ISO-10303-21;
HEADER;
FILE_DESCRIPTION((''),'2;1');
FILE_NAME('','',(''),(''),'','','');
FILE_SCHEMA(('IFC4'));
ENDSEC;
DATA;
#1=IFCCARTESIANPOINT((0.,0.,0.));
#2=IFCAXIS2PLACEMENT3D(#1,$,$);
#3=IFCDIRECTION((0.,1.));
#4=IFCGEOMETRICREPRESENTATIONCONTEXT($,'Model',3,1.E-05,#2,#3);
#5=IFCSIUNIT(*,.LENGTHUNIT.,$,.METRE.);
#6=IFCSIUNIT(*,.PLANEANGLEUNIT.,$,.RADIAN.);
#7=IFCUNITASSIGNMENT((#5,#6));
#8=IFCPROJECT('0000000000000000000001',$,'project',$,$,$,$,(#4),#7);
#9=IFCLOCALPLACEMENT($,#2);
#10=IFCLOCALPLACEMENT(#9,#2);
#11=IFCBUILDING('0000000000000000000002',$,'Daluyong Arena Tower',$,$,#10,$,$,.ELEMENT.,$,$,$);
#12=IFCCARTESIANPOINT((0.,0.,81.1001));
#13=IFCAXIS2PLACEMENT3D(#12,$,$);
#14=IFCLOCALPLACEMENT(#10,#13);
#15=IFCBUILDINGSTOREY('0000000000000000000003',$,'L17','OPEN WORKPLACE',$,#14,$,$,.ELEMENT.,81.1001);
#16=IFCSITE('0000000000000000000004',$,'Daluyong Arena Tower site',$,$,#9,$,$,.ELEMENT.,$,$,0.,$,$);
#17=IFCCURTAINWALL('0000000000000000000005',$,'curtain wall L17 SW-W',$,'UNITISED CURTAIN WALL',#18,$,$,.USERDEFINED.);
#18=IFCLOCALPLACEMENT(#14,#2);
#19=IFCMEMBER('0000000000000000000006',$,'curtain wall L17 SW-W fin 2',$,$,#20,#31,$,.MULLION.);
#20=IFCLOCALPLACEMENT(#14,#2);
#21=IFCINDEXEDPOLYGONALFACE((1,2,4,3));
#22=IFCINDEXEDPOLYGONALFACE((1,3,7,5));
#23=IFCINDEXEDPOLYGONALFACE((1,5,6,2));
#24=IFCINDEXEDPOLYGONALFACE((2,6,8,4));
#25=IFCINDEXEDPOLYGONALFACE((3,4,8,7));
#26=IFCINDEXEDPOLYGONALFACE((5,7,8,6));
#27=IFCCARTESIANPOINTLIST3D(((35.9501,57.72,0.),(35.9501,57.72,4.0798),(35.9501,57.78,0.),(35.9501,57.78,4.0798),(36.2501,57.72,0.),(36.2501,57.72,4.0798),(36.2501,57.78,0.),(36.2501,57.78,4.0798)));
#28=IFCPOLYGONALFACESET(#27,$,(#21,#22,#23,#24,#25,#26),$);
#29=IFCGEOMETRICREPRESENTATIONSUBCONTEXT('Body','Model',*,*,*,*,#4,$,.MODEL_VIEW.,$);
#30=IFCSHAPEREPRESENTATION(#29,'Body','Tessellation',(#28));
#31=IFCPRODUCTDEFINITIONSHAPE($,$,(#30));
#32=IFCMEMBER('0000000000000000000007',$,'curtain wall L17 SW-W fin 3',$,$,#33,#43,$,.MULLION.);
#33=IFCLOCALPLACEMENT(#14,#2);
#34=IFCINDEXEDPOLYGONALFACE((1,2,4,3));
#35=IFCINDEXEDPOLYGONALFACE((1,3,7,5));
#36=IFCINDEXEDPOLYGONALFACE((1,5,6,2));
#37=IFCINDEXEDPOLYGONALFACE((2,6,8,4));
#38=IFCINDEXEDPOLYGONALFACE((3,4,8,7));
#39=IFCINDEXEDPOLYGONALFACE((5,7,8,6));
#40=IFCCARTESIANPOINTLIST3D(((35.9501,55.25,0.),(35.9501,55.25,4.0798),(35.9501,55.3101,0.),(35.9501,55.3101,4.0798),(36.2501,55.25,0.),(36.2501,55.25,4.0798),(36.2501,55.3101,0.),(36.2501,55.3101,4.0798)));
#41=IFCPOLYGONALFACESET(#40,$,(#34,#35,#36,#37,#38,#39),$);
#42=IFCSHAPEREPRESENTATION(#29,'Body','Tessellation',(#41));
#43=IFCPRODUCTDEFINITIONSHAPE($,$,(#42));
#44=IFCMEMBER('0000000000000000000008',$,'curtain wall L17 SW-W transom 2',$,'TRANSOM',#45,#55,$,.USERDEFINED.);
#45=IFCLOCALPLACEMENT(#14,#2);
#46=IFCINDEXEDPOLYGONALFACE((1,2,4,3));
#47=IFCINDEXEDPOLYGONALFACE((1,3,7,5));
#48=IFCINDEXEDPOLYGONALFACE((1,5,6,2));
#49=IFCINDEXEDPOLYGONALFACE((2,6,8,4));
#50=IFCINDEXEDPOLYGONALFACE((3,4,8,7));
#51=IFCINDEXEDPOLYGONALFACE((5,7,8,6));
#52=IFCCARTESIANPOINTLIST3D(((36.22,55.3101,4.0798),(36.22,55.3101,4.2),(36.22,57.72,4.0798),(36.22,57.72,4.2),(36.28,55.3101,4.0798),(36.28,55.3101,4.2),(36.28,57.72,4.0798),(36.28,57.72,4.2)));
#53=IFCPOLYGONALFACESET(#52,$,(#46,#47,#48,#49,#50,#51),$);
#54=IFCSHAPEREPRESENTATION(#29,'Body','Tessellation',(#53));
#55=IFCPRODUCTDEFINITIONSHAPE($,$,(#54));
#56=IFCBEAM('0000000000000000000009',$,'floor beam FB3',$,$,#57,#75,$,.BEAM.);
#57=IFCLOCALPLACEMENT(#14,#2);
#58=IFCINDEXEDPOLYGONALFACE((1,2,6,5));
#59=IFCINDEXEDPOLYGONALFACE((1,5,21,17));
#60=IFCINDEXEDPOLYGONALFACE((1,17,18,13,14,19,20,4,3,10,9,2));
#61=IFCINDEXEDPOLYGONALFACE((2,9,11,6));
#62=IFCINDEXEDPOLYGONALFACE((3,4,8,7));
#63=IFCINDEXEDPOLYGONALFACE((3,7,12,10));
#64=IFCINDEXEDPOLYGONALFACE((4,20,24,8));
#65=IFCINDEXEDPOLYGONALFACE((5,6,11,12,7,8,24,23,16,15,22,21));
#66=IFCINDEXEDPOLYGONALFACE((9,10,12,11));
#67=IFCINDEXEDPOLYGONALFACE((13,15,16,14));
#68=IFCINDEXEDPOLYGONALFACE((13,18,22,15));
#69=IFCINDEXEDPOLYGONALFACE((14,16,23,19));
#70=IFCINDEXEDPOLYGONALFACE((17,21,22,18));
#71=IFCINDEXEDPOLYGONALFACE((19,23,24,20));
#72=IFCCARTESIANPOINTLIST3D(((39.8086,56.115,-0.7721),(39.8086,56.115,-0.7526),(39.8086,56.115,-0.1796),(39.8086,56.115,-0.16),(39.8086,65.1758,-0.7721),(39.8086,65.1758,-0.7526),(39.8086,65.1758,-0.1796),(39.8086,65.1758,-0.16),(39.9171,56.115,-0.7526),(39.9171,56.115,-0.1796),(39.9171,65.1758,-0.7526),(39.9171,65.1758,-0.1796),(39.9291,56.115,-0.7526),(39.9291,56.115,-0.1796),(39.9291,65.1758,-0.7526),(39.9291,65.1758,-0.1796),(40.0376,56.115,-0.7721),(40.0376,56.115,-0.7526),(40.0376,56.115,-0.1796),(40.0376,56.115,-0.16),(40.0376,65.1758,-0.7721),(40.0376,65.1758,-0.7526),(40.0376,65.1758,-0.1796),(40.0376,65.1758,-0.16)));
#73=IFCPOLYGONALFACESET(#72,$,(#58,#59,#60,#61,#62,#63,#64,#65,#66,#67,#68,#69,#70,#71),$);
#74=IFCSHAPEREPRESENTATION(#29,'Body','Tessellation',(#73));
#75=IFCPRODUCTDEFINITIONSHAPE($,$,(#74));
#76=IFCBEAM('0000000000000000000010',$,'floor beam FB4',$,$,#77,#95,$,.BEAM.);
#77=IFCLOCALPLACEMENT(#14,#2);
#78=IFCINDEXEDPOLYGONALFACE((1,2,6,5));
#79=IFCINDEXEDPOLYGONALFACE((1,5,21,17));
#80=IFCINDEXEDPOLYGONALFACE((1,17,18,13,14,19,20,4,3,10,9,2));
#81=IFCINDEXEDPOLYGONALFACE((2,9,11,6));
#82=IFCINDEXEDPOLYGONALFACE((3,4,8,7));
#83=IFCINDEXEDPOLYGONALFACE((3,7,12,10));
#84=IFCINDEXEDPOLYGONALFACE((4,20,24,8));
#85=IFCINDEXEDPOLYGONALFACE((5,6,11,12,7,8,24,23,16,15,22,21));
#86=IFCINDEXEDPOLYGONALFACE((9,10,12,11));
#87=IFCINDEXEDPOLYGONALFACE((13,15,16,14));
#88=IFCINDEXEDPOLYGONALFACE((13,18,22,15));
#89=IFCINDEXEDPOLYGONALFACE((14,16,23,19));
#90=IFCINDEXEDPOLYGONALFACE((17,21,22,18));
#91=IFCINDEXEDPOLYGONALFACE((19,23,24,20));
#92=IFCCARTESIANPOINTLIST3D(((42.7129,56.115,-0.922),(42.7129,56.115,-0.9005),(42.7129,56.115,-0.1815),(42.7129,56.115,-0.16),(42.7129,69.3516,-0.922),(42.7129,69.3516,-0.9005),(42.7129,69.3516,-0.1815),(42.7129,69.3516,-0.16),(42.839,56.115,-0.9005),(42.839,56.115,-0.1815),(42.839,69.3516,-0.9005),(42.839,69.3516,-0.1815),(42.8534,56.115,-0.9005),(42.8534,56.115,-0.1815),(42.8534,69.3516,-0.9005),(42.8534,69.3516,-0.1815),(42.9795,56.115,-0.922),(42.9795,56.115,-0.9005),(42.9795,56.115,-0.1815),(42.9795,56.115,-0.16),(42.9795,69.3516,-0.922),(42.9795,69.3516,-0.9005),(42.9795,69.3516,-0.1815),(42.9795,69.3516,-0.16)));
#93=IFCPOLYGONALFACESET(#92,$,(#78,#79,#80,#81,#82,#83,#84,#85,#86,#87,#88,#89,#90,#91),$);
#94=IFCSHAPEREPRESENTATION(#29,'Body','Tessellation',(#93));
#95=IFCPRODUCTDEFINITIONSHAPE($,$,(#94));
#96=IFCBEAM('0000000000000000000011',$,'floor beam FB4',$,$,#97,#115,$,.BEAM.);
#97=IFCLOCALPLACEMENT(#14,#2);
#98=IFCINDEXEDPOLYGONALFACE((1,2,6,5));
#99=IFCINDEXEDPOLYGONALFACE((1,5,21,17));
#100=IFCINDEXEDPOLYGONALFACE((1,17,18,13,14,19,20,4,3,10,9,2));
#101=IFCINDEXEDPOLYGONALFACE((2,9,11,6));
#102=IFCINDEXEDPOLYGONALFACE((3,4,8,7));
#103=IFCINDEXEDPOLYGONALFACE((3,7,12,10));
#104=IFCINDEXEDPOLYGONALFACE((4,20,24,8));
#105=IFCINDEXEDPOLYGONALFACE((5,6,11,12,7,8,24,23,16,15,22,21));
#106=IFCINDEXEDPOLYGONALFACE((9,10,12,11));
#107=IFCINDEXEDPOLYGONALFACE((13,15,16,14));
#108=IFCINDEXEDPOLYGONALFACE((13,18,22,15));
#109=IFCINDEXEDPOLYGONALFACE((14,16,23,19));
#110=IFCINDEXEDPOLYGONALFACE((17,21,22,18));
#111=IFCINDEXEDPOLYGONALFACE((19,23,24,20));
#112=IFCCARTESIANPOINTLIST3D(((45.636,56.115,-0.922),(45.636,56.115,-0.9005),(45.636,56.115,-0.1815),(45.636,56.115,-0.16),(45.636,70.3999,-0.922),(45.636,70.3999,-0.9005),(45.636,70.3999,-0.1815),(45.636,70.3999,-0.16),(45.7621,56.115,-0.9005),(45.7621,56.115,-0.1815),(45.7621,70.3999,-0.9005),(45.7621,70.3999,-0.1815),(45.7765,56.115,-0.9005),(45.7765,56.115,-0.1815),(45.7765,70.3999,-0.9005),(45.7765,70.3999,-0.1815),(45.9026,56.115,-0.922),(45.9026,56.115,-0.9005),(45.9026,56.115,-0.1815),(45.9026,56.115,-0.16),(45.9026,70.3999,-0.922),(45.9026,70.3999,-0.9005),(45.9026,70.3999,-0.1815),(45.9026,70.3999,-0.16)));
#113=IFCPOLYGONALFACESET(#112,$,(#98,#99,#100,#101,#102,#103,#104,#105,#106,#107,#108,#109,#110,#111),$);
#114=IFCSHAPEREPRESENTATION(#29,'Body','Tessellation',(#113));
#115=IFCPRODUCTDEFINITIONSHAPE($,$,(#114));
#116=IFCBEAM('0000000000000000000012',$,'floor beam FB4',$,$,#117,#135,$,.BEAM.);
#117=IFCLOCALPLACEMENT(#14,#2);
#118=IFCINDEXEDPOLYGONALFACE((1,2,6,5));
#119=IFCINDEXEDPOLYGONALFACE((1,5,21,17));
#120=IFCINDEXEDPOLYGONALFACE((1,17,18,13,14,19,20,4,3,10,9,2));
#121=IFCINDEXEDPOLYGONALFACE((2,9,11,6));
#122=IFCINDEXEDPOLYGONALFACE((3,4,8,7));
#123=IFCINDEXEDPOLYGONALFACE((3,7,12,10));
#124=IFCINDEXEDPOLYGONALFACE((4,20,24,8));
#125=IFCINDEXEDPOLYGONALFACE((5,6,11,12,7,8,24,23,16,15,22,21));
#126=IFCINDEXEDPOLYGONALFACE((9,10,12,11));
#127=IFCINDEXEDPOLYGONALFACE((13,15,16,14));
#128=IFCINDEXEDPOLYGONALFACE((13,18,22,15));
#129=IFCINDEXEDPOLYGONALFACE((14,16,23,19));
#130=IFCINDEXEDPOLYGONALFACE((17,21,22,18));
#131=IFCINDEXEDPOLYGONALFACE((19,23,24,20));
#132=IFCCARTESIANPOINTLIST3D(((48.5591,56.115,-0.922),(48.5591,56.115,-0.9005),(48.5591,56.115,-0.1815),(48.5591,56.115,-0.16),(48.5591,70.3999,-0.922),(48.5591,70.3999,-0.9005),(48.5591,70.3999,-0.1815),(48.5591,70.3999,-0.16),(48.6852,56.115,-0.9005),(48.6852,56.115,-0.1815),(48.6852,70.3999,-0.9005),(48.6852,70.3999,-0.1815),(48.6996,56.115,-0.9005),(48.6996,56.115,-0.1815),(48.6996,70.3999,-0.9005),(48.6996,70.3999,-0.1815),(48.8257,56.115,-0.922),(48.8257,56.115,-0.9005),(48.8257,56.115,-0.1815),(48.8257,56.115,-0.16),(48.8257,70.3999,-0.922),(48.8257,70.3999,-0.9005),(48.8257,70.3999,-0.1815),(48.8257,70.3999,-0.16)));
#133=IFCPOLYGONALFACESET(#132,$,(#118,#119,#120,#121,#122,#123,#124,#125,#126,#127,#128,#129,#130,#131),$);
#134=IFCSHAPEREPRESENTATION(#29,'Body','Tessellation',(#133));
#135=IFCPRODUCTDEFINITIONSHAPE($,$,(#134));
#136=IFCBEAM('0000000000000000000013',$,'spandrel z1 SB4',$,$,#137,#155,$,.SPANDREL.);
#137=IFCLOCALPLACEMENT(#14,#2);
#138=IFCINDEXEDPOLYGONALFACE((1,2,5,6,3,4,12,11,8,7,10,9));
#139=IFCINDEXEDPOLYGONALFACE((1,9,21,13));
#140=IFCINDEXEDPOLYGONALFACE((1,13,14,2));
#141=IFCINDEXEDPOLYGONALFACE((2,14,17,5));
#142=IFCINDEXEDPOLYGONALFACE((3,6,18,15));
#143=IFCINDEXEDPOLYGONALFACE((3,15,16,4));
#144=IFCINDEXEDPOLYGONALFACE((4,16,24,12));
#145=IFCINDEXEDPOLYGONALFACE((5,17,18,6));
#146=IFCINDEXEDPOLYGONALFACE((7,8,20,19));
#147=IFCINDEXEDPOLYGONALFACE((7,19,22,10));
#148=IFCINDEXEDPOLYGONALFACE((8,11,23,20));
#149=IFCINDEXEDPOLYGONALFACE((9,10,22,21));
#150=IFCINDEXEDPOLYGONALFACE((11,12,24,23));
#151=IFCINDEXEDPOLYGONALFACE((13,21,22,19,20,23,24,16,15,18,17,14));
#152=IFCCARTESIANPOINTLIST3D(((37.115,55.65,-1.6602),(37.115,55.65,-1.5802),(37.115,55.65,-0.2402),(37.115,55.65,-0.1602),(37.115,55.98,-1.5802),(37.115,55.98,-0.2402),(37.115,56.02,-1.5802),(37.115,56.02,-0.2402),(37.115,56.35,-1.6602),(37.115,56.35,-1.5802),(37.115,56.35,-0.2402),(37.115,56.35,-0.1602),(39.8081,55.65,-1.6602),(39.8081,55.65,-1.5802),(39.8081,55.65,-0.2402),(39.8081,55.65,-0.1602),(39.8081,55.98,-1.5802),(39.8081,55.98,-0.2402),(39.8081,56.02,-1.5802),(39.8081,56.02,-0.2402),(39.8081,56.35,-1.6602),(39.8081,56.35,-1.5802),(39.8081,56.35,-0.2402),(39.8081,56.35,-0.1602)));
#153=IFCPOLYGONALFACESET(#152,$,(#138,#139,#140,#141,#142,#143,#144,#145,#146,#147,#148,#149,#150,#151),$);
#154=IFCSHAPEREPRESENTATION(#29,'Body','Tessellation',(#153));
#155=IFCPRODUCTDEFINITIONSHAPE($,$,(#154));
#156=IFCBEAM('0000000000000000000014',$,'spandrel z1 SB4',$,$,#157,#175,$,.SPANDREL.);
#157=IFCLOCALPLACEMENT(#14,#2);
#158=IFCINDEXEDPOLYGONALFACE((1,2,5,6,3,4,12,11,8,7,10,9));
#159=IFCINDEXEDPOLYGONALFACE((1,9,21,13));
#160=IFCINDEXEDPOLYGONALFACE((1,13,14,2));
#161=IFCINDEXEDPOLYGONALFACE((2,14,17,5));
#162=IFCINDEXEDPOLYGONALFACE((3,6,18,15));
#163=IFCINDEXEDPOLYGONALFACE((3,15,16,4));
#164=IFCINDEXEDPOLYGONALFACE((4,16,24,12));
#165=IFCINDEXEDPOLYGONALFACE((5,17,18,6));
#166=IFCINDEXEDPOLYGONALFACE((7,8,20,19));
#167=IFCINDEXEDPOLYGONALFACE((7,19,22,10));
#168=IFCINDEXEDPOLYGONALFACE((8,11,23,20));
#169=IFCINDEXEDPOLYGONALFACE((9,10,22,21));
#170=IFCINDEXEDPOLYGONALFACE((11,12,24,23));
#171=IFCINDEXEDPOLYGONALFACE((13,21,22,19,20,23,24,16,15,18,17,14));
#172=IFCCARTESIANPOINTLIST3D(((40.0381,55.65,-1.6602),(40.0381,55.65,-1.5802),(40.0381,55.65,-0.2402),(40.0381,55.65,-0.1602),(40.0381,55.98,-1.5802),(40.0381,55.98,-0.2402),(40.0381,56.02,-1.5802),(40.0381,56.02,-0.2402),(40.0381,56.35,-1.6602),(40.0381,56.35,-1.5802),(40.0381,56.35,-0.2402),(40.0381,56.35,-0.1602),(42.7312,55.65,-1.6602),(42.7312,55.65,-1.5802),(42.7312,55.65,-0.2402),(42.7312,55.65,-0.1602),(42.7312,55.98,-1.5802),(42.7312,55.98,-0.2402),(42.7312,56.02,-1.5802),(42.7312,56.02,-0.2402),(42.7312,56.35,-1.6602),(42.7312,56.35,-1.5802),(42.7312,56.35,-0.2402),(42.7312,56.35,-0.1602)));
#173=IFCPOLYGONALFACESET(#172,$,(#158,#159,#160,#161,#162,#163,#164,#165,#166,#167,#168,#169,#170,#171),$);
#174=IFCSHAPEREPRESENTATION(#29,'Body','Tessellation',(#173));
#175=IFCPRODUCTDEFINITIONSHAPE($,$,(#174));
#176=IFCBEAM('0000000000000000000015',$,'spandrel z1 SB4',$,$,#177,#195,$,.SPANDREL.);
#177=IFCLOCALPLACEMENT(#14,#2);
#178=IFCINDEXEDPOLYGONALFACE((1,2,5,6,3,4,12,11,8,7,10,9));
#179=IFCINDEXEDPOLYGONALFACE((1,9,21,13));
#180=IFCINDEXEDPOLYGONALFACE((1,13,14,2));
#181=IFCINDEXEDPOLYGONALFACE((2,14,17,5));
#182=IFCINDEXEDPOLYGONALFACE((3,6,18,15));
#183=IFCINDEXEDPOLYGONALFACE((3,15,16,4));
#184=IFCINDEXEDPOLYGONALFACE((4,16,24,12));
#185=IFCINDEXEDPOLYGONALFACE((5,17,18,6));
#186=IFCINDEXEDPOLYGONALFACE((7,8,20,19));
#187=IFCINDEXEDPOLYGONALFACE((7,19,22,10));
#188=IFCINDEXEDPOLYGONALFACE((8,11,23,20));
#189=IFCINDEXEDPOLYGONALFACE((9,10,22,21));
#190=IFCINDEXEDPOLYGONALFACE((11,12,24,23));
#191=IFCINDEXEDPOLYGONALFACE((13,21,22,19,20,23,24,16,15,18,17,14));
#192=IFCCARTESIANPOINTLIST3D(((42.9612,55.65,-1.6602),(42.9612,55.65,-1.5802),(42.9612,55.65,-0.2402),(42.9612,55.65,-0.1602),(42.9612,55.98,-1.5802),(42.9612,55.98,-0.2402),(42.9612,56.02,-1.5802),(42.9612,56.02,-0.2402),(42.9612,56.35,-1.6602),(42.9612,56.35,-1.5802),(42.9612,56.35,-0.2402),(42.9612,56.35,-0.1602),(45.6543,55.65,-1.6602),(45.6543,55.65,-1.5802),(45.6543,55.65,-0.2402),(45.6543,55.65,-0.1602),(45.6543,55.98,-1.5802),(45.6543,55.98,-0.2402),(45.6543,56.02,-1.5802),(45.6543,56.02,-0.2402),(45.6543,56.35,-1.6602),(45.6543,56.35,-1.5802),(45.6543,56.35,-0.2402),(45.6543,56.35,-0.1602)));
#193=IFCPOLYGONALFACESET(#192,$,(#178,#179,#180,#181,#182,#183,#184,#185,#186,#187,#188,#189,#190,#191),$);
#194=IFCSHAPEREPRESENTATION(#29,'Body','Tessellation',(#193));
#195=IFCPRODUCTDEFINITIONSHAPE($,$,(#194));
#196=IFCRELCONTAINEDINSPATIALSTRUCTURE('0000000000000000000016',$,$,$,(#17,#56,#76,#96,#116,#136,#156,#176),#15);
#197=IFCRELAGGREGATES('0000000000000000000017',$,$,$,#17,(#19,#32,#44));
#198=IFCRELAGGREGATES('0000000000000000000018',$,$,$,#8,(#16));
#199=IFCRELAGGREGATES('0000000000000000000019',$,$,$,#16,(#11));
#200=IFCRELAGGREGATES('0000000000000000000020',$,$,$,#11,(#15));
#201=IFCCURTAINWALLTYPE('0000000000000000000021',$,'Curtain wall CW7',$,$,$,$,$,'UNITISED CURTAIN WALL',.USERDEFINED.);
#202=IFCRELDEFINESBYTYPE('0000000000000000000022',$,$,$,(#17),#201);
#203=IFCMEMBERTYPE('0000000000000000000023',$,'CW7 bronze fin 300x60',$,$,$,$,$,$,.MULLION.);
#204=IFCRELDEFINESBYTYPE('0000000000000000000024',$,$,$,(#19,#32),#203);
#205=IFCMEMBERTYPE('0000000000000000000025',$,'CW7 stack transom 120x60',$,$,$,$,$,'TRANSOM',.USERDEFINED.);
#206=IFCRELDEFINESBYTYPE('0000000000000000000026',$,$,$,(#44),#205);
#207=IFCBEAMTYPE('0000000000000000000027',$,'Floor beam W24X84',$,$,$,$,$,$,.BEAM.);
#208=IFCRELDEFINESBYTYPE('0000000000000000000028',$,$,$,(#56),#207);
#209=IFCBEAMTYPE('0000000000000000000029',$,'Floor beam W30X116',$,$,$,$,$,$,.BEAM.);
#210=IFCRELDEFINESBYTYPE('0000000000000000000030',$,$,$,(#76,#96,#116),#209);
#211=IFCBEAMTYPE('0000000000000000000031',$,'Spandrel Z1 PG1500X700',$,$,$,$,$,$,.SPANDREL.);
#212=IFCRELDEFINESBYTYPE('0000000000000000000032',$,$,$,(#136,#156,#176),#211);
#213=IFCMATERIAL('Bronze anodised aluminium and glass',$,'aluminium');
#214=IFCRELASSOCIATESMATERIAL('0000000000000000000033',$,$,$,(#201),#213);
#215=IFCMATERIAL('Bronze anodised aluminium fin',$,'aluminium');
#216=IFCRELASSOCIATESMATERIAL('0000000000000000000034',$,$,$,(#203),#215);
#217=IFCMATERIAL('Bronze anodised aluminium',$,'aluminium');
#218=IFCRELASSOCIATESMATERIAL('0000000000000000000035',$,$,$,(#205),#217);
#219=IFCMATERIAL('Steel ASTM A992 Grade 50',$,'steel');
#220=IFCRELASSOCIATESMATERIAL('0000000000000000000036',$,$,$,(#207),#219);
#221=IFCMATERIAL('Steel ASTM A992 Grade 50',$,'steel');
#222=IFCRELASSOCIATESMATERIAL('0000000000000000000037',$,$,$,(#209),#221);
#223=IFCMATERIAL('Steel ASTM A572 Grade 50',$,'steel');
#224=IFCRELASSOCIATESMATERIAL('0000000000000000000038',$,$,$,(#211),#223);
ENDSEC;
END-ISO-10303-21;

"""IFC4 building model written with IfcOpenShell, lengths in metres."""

from ifc_helpers import new_model, si_unit, direction, frame, origin, origin_2d, place, context, subcontext, project, spatial, rectangle, i_section, extrude, material, material_profile, profile_set, type_object, element, aggregate, save


model = new_model("IFC4")

# Units and contexts
model_context = context("Model", 3, precision=1e-05, world=origin(), true_north=direction((0.0, 1.0)))
body_context = subcontext(model_context, "Body", "Model", "MODEL_VIEW")
ifc_project = project(units=[si_unit("LENGTHUNIT", "METRE"), si_unit("PLANEANGLEUNIT", "RADIAN")], contexts=[model_context])

# Site, building, storey
site_placement = place(None, origin())
site = spatial("IfcSite", under=ifc_project, at=site_placement, Name="Daluyong Arena Tower site", CompositionType="ELEMENT", RefElevation=0.0)
building_placement = place(site_placement, origin())
building = spatial("IfcBuilding", under=site, at=building_placement, Name="Daluyong Arena Tower", CompositionType="ELEMENT")
storey_placement = place(building_placement, frame((0.0, 0.0, 81.1001)))
storey = spatial("IfcBuildingStorey", under=building, at=storey_placement, Name="L17", Description="OPEN WORKPLACE", CompositionType="ELEMENT", Elevation=81.1001)

# Curtain wall, members
ifc_material_1 = material(Name="Bronze anodised aluminium and glass", Category="aluminium")
curtain_wall_type_1 = type_object("IfcCurtainWallType", Name="Curtain wall CW7", ElementType="UNITISED CURTAIN WALL", PredefinedType="USERDEFINED", material=ifc_material_1)
curtain_wall_1_placement = place(storey_placement, origin())
curtain_wall_1 = element("IfcCurtainWall", 1, at=curtain_wall_1_placement, inside=storey, type_object=curtain_wall_type_1, Name="curtain wall L17 SW-W", ObjectType="UNITISED CURTAIN WALL", PredefinedType="USERDEFINED")
ifc_material_2 = material(Name="Bronze anodised aluminium fin", Category="aluminium")
ifc_material_profile_1 = material_profile(ifc_material_2, rectangle(XDim=0.3, YDim=0.0601, at=origin_2d()))
ifc_profile_set_1 = profile_set([ifc_material_profile_1], Name="Bronze anodised aluminium fin")
member_type_1 = type_object("IfcMemberType", Name="CW7 bronze fin 300x60", PredefinedType="MULLION", material=ifc_profile_set_1)
member_1_placement = place(storey_placement, frame((36.1001, 57.75, 0.0), z_axis=(0.0, 0.0, 1.0), x_axis=(1.0, 0.0, 0.0)))
member_1 = element("IfcMember", 2, at=member_1_placement, type_object=member_type_1, Name="curtain wall L17 SW-W fin 2", PredefinedType="MULLION", context=body_context, shape_type="SweptSolid", body=[
    extrude(rectangle(XDim=0.3, YDim=0.0601, at=origin_2d()), origin(), (0.0, 0.0, 1.0), 4.0798),
])
member_2_placement = place(storey_placement, frame((36.1001, 55.28, 0.0), z_axis=(0.0, 0.0, 1.0), x_axis=(1.0, 0.0, 0.0)))
member_2 = element("IfcMember", 3, at=member_2_placement, type_object=member_type_1, Name="curtain wall L17 SW-W fin 3", PredefinedType="MULLION", context=body_context, shape_type="SweptSolid", body=[
    extrude(rectangle(XDim=0.3, YDim=0.0601, at=origin_2d()), origin(), (0.0, 0.0, 1.0), 4.0798),
])
ifc_material_3 = material(Name="Bronze anodised aluminium", Category="aluminium")
ifc_material_profile_2 = material_profile(ifc_material_3, rectangle(XDim=0.0601, YDim=0.1201, at=origin_2d()))
ifc_profile_set_2 = profile_set([ifc_material_profile_2], Name="Bronze anodised aluminium")
member_type_2 = type_object("IfcMemberType", Name="CW7 stack transom 120x60", ElementType="TRANSOM", PredefinedType="USERDEFINED", material=ifc_profile_set_2)
member_3_placement = place(storey_placement, frame((36.25, 57.72, 4.1399), z_axis=(0.0, -1.0, 0.0), x_axis=(1.0, 0.0, 0.0)))
member_3 = element("IfcMember", 4, at=member_3_placement, type_object=member_type_2, Name="curtain wall L17 SW-W transom 2", ObjectType="TRANSOM", PredefinedType="USERDEFINED", context=body_context, shape_type="SweptSolid", body=[
    extrude(rectangle(XDim=0.0601, YDim=0.1201, at=origin_2d()), origin(), (0.0, 0.0, 1.0), 2.4099),
])

# Beams
ifc_material_4 = material(Name="Steel ASTM A992 Grade 50", Category="steel")
ifc_material_profile_3 = material_profile(ifc_material_4, i_section(OverallWidth=0.229, OverallDepth=0.6121, WebThickness=0.012, FlangeThickness=0.0195, at=origin_2d()))
ifc_profile_set_3 = profile_set([ifc_material_profile_3], Name="Steel ASTM A992 Grade 50")
beam_type_1 = type_object("IfcBeamType", Name="Floor beam W24X84", PredefinedType="BEAM", material=ifc_profile_set_3)
beam_1_placement = place(storey_placement, frame((39.9231, 56.115, -0.4661), z_axis=(0.0, 1.0, 0.0), x_axis=(-1.0, 0.0, 0.0)))
element("IfcBeam", 5, at=beam_1_placement, inside=storey, type_object=beam_type_1, Name="floor beam FB3", PredefinedType="BEAM", context=body_context, shape_type="SweptSolid", body=[
    extrude(i_section(OverallWidth=0.229, OverallDepth=0.6121, WebThickness=0.012, FlangeThickness=0.0195, at=origin_2d()), origin(), (0.0, 0.0, 1.0), 9.0608),
])
ifc_material_5 = material(Name="Steel ASTM A992 Grade 50", Category="steel")
ifc_material_profile_4 = material_profile(ifc_material_5, i_section(OverallWidth=0.2666, OverallDepth=0.762, WebThickness=0.0144, FlangeThickness=0.0215, at=origin_2d()))
ifc_profile_set_4 = profile_set([ifc_material_profile_4], Name="Steel ASTM A992 Grade 50")
beam_type_2 = type_object("IfcBeamType", Name="Floor beam W30X116", PredefinedType="BEAM", material=ifc_profile_set_4)
beam_2_placement = place(storey_placement, frame((42.8462, 56.115, -0.541), z_axis=(0.0, 1.0, 0.0), x_axis=(-1.0, 0.0, 0.0)))
element("IfcBeam", 6, at=beam_2_placement, inside=storey, type_object=beam_type_2, Name="floor beam FB4", PredefinedType="BEAM", context=body_context, shape_type="SweptSolid", body=[
    extrude(i_section(OverallWidth=0.2666, OverallDepth=0.762, WebThickness=0.0144, FlangeThickness=0.0215, at=origin_2d()), origin(), (0.0, 0.0, 1.0), 13.2366),
])
for number, where, z_axis, x_axis, name in (
    (7, (45.7693, 56.115, -0.541), (0.0, 1.0, 0.0), (-1.0, 0.0, 0.0), "floor beam FB4"),
    (8, (48.6924, 56.115, -0.541), (0.0, 1.0, 0.0), (-1.0, 0.0, 0.0), "floor beam FB4"),
):
    element("IfcBeam", number, at=place(storey_placement, frame(where, z_axis=z_axis, x_axis=x_axis)), inside=storey, type_object=beam_type_2, Name=name, PredefinedType="BEAM", context=body_context, shape_type="SweptSolid", body=[
        extrude(i_section(OverallWidth=0.2666, OverallDepth=0.762, WebThickness=0.0144, FlangeThickness=0.0215, at=origin_2d()), origin(), (0.0, 0.0, 1.0), 14.2849),
    ])
ifc_material_6 = material(Name="Steel ASTM A572 Grade 50", Category="steel")
ifc_material_profile_5 = material_profile(ifc_material_6, i_section(OverallWidth=0.7, OverallDepth=1.5, WebThickness=0.04, FlangeThickness=0.08, at=origin_2d()))
ifc_profile_set_5 = profile_set([ifc_material_profile_5], Name="Steel ASTM A572 Grade 50")
beam_type_3 = type_object("IfcBeamType", Name="Spandrel Z1 PG1500X700", PredefinedType="SPANDREL", material=ifc_profile_set_5)
for number, where, z_axis, x_axis, name in (
    (9, (37.115, 56.0, -0.9102), (1.0, 0.0, 0.0), (0.0, 1.0, 0.0), "spandrel z1 SB4"),
    (10, (40.0381, 56.0, -0.9102), (1.0, 0.0, 0.0), (0.0, 1.0, 0.0), "spandrel z1 SB4"),
    (11, (42.9612, 56.0, -0.9102), (1.0, 0.0, 0.0), (0.0, 1.0, 0.0), "spandrel z1 SB4"),
):
    element("IfcBeam", number, at=place(storey_placement, frame(where, z_axis=z_axis, x_axis=x_axis)), inside=storey, type_object=beam_type_3, Name=name, PredefinedType="SPANDREL", context=body_context, shape_type="SweptSolid", body=[
        extrude(i_section(OverallWidth=0.7, OverallDepth=1.5, WebThickness=0.04, FlangeThickness=0.08, at=origin_2d()), origin(), (0.0, 0.0, 1.0), 2.6931),
    ])

aggregate(curtain_wall_1, [member_1, member_2, member_3])

save(model, "model.ifc")
